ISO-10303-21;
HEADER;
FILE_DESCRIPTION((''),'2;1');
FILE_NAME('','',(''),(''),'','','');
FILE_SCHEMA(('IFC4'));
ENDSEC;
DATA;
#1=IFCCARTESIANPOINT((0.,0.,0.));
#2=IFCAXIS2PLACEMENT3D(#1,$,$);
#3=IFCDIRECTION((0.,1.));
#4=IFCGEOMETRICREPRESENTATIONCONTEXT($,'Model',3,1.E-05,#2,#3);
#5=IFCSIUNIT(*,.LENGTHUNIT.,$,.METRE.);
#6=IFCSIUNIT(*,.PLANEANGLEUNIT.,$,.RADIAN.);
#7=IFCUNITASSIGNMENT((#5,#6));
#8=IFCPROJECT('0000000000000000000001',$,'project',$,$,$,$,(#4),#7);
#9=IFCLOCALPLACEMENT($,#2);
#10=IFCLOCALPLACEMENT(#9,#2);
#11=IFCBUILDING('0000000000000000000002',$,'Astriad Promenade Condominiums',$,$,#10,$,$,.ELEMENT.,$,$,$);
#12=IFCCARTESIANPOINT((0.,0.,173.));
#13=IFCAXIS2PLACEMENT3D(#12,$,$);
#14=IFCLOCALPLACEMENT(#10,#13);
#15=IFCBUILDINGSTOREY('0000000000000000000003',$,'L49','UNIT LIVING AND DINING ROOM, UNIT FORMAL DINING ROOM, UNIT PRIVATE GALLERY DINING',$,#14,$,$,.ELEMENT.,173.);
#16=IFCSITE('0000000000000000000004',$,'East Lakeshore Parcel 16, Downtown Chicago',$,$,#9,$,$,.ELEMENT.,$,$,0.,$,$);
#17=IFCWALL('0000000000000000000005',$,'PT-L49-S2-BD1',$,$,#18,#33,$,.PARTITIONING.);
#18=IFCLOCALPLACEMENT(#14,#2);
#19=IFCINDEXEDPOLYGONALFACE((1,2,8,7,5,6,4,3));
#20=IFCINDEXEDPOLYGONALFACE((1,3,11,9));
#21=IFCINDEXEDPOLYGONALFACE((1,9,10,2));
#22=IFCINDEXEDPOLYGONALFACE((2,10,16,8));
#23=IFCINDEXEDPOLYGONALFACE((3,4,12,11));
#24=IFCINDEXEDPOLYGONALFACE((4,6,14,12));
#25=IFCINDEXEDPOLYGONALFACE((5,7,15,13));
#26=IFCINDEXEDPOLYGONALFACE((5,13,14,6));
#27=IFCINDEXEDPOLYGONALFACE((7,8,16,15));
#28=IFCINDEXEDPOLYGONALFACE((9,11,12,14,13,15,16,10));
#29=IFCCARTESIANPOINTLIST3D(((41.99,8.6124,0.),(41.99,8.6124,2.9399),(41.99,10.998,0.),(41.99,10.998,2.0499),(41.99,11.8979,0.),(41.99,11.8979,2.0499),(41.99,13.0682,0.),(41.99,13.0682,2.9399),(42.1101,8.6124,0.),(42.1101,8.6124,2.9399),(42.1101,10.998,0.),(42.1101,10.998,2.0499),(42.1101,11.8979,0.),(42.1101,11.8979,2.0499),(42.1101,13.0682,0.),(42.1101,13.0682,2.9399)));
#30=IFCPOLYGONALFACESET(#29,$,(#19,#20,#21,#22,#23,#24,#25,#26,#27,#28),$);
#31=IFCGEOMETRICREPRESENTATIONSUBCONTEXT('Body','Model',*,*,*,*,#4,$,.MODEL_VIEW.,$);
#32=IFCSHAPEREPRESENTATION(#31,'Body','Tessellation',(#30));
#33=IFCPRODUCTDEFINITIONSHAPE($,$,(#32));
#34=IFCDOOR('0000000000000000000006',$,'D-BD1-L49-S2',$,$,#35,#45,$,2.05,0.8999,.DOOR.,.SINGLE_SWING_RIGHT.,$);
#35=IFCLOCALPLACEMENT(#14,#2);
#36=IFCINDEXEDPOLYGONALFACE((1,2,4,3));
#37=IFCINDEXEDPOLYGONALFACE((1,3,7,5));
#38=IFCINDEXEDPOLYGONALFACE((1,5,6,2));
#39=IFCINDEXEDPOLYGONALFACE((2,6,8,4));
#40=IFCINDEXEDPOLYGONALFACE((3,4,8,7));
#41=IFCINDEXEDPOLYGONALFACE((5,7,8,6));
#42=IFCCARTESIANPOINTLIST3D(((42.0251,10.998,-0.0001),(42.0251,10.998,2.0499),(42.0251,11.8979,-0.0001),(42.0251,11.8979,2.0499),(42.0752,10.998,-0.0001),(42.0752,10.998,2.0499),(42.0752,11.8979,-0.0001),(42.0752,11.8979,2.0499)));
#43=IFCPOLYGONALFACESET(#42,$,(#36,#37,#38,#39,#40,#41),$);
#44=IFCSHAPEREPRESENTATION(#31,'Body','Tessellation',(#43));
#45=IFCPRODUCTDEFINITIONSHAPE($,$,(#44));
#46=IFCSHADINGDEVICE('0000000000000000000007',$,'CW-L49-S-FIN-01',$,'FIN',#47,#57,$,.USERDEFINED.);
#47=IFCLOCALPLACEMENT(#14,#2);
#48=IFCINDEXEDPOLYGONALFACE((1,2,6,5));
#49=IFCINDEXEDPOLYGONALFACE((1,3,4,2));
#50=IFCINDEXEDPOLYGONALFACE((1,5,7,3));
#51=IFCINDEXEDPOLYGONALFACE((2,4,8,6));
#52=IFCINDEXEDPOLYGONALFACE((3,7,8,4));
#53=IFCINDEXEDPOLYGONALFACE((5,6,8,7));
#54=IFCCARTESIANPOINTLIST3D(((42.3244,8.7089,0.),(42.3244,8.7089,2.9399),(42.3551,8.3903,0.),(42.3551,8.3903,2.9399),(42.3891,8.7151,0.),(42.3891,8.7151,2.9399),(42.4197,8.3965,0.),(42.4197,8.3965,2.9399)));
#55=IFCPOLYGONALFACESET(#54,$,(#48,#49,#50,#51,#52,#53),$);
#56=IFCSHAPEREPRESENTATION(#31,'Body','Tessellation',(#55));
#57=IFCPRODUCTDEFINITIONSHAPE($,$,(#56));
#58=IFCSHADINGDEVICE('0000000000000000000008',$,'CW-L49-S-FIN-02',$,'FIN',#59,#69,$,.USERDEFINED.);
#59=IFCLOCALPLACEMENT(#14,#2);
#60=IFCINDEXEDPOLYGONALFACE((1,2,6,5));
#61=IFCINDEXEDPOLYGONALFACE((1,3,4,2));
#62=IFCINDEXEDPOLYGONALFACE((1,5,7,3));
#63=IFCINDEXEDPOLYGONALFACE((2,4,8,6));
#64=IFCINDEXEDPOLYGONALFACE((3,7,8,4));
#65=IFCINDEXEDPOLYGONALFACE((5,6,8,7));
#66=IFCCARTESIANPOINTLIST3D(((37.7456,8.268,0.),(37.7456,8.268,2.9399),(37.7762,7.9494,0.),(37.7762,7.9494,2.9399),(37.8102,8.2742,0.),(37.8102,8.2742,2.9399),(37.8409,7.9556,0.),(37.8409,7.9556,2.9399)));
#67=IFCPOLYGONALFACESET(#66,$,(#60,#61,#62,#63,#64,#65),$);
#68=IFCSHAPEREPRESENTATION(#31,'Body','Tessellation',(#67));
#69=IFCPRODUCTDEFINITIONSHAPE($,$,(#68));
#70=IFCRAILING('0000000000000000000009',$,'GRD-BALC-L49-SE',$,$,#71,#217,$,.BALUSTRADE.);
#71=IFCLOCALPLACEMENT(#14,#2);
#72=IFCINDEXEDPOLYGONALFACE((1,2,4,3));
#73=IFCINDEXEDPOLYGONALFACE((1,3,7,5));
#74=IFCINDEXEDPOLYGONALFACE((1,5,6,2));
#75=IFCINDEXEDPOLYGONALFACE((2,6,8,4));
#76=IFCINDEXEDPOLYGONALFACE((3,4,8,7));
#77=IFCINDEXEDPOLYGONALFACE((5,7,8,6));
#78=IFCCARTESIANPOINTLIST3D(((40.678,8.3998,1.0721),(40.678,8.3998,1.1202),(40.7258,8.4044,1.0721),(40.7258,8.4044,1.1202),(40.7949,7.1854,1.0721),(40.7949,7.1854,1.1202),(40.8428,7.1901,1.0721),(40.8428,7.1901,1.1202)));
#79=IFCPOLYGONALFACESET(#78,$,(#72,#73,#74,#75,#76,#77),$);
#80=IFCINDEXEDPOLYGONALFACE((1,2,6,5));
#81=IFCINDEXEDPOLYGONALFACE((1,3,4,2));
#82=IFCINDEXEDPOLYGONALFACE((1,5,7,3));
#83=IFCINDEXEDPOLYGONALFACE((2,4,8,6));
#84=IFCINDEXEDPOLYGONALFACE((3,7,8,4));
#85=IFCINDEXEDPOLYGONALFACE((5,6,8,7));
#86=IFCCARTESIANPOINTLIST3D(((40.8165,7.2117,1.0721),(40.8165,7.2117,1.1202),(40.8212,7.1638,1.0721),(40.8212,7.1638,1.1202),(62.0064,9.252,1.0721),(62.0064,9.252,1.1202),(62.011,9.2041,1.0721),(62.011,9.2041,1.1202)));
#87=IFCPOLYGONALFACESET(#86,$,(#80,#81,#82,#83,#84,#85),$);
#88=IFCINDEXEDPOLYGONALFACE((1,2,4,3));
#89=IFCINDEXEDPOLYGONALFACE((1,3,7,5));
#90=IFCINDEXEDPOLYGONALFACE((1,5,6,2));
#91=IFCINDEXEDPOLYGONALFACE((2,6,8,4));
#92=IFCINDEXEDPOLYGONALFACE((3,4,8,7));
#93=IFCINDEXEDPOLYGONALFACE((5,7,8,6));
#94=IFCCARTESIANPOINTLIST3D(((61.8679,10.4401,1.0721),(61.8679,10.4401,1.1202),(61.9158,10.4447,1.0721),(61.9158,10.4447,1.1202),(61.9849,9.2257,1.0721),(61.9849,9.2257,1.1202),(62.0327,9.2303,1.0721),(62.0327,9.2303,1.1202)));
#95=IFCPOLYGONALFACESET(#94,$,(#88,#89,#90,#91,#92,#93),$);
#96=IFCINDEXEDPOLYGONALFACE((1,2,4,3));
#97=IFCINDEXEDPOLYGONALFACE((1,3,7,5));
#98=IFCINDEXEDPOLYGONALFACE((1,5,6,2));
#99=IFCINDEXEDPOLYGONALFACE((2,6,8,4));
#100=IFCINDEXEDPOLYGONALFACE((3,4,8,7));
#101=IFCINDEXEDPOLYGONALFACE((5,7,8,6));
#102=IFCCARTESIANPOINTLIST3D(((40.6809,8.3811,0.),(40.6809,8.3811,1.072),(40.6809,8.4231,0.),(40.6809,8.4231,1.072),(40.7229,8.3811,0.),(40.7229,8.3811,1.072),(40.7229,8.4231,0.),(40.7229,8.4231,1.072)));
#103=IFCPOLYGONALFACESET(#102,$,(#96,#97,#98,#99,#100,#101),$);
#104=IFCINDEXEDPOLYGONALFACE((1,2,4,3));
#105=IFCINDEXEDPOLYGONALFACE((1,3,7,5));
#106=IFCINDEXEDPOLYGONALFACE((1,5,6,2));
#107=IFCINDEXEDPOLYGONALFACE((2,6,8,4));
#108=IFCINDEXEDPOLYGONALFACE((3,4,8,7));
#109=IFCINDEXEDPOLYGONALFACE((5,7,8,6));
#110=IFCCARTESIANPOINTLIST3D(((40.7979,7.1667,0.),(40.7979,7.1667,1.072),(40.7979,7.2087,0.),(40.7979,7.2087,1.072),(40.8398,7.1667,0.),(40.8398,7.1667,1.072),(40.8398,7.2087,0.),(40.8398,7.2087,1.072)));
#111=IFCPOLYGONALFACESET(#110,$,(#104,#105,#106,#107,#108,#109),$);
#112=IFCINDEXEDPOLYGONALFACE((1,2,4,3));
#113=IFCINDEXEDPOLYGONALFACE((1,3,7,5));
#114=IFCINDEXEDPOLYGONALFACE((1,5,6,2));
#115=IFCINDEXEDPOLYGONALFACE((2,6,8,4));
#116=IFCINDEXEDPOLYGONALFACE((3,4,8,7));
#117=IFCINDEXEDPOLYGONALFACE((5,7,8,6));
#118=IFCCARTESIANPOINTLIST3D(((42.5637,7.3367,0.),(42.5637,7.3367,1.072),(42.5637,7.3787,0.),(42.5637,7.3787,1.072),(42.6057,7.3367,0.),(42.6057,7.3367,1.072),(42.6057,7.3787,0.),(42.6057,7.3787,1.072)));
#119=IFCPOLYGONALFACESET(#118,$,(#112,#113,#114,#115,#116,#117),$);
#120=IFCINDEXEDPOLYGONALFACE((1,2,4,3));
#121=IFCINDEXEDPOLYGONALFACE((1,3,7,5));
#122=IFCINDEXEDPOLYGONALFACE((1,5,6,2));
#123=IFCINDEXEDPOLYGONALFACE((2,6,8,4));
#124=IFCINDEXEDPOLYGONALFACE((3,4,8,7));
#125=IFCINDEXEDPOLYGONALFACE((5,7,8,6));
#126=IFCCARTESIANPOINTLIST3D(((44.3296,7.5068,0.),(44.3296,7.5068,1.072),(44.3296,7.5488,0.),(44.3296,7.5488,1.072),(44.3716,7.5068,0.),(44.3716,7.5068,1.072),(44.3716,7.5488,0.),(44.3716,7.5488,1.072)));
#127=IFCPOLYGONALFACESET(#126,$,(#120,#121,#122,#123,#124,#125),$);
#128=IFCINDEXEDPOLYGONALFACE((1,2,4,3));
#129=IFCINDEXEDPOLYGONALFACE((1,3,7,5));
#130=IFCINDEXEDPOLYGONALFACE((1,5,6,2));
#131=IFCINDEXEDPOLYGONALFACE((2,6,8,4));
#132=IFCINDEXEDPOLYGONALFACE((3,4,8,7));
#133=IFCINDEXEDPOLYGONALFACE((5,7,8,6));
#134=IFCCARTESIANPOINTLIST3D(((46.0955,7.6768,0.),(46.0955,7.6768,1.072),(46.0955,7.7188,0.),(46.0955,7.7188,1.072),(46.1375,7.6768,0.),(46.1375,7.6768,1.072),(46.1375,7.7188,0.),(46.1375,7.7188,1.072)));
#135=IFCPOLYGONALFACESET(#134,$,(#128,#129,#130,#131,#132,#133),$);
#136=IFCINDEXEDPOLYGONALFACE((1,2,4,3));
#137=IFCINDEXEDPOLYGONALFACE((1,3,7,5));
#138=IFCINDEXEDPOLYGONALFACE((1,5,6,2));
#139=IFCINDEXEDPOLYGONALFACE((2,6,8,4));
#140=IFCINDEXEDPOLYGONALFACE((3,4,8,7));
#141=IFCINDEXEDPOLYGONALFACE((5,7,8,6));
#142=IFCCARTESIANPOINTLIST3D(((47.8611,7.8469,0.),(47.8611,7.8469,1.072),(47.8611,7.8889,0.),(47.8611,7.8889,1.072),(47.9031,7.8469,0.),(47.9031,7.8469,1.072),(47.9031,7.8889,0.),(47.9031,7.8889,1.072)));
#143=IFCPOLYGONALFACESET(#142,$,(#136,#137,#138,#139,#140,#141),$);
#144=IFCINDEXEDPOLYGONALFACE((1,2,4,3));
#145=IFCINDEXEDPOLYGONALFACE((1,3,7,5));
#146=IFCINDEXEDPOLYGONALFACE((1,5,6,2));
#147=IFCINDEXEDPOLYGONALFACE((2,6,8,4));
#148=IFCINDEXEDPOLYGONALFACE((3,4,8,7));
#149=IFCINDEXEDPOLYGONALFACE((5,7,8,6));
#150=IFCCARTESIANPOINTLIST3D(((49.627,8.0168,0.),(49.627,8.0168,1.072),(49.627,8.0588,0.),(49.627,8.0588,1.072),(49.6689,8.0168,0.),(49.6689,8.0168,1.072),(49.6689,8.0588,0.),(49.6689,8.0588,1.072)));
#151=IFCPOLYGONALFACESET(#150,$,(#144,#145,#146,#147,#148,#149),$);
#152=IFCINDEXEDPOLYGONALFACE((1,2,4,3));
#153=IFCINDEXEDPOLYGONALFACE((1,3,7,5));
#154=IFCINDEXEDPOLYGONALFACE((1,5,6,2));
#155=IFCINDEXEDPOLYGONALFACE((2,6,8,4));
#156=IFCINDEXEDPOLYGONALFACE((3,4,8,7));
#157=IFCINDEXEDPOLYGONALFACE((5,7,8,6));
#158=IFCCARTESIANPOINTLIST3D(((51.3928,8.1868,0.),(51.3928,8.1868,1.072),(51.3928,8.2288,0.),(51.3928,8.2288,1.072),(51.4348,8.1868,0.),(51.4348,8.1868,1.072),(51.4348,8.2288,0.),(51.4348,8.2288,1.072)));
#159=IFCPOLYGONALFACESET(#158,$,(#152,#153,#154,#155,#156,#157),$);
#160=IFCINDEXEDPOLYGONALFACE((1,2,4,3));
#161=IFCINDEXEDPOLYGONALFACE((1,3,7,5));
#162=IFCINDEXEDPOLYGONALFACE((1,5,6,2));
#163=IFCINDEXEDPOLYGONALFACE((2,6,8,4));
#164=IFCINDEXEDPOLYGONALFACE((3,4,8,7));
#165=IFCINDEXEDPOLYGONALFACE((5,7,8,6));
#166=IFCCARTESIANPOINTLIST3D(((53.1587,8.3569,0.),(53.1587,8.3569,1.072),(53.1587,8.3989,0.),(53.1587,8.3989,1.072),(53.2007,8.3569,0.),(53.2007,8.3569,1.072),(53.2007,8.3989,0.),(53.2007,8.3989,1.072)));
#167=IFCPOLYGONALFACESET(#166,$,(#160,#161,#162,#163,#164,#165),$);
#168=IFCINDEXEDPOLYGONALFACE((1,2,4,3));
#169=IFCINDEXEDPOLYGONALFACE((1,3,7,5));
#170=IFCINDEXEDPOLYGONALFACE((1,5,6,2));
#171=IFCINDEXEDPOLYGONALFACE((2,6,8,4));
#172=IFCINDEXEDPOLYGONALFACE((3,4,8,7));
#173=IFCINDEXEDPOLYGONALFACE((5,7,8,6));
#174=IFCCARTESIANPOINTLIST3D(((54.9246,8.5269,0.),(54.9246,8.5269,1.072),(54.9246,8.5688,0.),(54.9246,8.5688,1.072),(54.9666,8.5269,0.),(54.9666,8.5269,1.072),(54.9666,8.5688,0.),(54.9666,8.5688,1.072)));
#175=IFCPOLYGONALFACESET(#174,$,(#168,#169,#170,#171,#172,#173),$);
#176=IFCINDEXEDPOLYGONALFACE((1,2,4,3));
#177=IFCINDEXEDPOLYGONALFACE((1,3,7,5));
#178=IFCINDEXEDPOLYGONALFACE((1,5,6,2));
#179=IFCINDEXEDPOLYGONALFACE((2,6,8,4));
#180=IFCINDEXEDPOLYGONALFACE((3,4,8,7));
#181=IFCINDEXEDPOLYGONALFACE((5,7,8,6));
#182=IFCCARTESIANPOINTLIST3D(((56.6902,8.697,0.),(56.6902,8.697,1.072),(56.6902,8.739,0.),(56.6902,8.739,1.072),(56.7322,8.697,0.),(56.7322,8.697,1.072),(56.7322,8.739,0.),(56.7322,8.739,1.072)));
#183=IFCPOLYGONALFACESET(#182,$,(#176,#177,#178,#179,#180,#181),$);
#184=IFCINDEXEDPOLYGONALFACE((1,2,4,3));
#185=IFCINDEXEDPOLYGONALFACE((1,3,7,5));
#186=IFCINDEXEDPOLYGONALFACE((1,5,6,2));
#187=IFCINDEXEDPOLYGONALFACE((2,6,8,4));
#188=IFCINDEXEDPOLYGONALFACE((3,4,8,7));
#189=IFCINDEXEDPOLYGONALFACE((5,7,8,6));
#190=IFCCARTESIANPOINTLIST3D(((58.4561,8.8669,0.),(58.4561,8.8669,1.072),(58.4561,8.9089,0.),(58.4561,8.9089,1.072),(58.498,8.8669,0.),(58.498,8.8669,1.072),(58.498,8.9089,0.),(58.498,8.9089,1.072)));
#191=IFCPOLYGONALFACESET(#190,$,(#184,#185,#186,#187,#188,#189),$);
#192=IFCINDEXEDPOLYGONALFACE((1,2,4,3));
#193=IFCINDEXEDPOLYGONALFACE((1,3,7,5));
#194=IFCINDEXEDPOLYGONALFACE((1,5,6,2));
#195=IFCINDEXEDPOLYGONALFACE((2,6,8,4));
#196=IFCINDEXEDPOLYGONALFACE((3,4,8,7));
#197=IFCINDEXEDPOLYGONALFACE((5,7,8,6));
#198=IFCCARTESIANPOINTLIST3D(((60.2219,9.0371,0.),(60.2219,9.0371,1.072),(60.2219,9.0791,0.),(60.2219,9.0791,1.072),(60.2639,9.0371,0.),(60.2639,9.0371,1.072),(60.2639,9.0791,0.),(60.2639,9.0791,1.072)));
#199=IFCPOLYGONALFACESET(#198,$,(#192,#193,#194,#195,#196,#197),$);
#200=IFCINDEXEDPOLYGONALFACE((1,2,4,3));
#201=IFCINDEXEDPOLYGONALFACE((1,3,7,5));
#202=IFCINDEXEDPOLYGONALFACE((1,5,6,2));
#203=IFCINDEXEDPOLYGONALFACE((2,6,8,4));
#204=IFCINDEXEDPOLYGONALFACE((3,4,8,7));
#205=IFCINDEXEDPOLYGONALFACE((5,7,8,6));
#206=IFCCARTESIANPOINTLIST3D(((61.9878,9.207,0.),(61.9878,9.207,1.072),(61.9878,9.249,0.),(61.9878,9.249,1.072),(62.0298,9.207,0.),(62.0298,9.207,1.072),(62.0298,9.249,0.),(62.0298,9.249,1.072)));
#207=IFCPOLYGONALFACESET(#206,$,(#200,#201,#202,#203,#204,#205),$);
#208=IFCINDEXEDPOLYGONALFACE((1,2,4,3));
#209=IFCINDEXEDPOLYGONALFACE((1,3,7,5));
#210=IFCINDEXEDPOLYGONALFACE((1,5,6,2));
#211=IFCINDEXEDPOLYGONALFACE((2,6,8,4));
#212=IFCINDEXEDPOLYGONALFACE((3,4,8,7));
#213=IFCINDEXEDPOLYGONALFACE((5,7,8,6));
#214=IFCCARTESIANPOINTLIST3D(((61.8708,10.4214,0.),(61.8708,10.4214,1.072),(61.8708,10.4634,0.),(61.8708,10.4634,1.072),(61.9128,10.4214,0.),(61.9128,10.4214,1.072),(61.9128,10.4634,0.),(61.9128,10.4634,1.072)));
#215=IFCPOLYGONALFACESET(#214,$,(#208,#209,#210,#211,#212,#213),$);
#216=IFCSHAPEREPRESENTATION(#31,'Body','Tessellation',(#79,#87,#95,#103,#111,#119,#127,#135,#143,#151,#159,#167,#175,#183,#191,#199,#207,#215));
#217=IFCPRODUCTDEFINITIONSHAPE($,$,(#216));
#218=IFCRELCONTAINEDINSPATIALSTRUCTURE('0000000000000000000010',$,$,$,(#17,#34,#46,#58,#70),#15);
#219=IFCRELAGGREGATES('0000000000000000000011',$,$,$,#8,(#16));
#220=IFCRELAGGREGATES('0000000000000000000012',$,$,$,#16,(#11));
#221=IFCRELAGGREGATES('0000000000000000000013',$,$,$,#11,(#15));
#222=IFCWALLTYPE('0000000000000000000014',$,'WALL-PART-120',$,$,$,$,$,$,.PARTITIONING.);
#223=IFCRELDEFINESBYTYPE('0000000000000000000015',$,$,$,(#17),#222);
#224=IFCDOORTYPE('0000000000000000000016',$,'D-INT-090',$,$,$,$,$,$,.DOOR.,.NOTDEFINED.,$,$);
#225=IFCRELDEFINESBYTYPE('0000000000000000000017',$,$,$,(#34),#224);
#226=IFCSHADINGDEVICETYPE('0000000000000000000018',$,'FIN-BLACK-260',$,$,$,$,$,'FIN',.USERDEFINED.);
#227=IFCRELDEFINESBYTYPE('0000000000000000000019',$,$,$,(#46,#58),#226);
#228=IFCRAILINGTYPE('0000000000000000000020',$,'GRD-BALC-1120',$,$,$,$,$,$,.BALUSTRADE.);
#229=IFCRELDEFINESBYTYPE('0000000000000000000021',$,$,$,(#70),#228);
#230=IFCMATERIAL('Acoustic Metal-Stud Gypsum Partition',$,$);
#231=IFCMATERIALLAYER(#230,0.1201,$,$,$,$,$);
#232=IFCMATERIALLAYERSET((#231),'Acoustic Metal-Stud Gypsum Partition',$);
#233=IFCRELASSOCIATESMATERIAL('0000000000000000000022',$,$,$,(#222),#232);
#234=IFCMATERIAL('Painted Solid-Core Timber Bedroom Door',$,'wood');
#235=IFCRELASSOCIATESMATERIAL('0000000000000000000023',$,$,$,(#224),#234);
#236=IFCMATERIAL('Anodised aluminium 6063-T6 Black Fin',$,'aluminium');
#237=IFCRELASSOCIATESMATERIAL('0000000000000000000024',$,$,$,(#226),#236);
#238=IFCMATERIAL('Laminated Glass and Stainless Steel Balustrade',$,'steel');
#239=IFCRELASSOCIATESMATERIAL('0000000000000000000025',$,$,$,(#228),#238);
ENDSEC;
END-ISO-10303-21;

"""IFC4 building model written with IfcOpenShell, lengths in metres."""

from ifc_helpers import new_model, si_unit, direction, frame, frame_2d, origin, origin_2d, place, context, subcontext, project, spatial, rectangle, extrude, source, transform, mapped, material, layer, layer_set, type_object, type_shapes, element, fill, save


model = new_model("IFC4")

# Units and contexts
model_context = context("Model", 3, precision=1e-05, world=origin(), true_north=direction((0.0, 1.0)))
body_context = subcontext(model_context, "Body", "Model", "MODEL_VIEW")
ifc_project = project(units=[si_unit("LENGTHUNIT", "METRE"), si_unit("PLANEANGLEUNIT", "RADIAN")], contexts=[model_context])

# Site, building, storey
site_placement = place(None, origin())
site = spatial("IfcSite", under=ifc_project, at=site_placement, Name="East Lakeshore Parcel 16, Downtown Chicago", CompositionType="ELEMENT", RefElevation=0.0)
building_placement = place(site_placement, origin())
building = spatial("IfcBuilding", under=site, at=building_placement, Name="Astriad Promenade Condominiums", CompositionType="ELEMENT")
storey_placement = place(building_placement, frame((0.0, 0.0, 173.0)))
storey = spatial("IfcBuildingStorey", under=building, at=storey_placement, Name="L49", Description="UNIT LIVING AND DINING ROOM, UNIT FORMAL DINING ROOM, UNIT PRIVATE GALLERY DINING", CompositionType="ELEMENT", Elevation=173.0)

# Wall, opening, door
ifc_material_1 = material(Name="Acoustic Metal-Stud Gypsum Partition")
ifc_layer_1 = layer(ifc_material_1, 0.1201)
ifc_layer_set_1 = layer_set([ifc_layer_1], Name="Acoustic Metal-Stud Gypsum Partition")
wall_type_1 = type_object("IfcWallType", Name="WALL-PART-120", PredefinedType="PARTITIONING", material=ifc_layer_set_1)
wall_1_placement = place(storey_placement, frame((42.05, 8.6123, 0.0), z_axis=(0.0, 0.0, 1.0), x_axis=(0.0, 1.0, 0.0)))
wall_1 = element("IfcWall", 1, at=wall_1_placement, inside=storey, type_object=wall_type_1, Name="PT-L49-S2-BD1", PredefinedType="PARTITIONING", context=body_context, shape_type="SweptSolid", body=[
    extrude(rectangle(XDim=4.4558, YDim=0.1201, at=frame_2d((2.228, 0.0))), origin(), (0.0, 0.0, 1.0), 2.9399),
])
opening_placement = place(wall_1_placement, frame((2.3857, 0.0, 0.0)))
opening = element("IfcOpeningElement", 2, at=opening_placement, cuts=wall_1, PredefinedType="OPENING", context=body_context, shape_type="SweptSolid", body=[
    extrude(rectangle(XDim=0.8999, YDim=2.05, at=frame_2d((0.45, 1.0249))), frame((0.0, 0.0701, 0.0), z_axis=(0.0, -1.0, 0.0), x_axis=(1.0, 0.0, 0.0)), (0.0, 0.0, 1.0), 0.1401),
])
ifc_material_2 = material(Name="Painted Solid-Core Timber Bedroom Door", Category="wood")
door_type = type_object("IfcDoorType", Name="D-INT-090", OperationType="NOTDEFINED", PredefinedType="DOOR", material=ifc_material_2)
shared_shape_1 = source(origin(), body_context, "Body", "SweptSolid", [
    extrude(rectangle(XDim=0.8999, YDim=2.05, at=frame_2d((0.45, 1.0249))), frame((0.0, 0.0249, 0.0), z_axis=(0.0, -1.0, 0.0), x_axis=(1.0, 0.0, 0.0)), (0.0, 0.0, 1.0), 0.05),
])
type_shapes(door_type, [shared_shape_1])
door_placement = place(opening_placement, origin())
door = element("IfcDoor", 3, at=door_placement, inside=storey, type_object=door_type, Name="D-BD1-L49-S2", OperationType="SINGLE_SWING_RIGHT", OverallHeight=2.05, OverallWidth=0.8999, PredefinedType="DOOR", context=body_context, shape_type="MappedRepresentation", body=[
    mapped(shared_shape_1, transform((0.0, 0.0, 0.0), scale=1.0)),
])
fill(opening, door)

# Shading devices
ifc_material_3 = material(Name="Anodised aluminium 6063-T6 Black Fin", Category="aluminium")
shading_device_type = type_object("IfcShadingDeviceType", Name="FIN-BLACK-260", ElementType="FIN", PredefinedType="USERDEFINED", material=ifc_material_3)
shared_shape_2 = source(origin(), body_context, "Body", "SweptSolid", [
    extrude(rectangle(XDim=0.0649, YDim=0.3201, at=origin_2d()), origin(), (0.0, 0.0, 1.0), 2.9399),
])
type_shapes(shading_device_type, [shared_shape_2])
for number, where, z_axis, x_axis, name in (
    (4, (42.3721, 8.5527, 0.0), (0.0, 0.0, 1.0), (-0.995396, -0.095846, 0.0), "CW-L49-S-FIN-01"),
    (5, (37.7932, 8.1118, 0.0), (0.0, 0.0, 1.0), (-0.995396, -0.095846, 0.0), "CW-L49-S-FIN-02"),
):
    element("IfcShadingDevice", number, at=place(storey_placement, frame(where, z_axis=z_axis, x_axis=x_axis)), inside=storey, type_object=shading_device_type, Name=name, ObjectType="FIN", PredefinedType="USERDEFINED", context=body_context, shape_type="MappedRepresentation", body=[
        mapped(shared_shape_2, transform((0.0, 0.0, 0.0), scale=1.0)),
    ])

# Railing
ifc_material_4 = material(Name="Laminated Glass and Stainless Steel Balustrade", Category="steel")
railing_type = type_object("IfcRailingType", Name="GRD-BALC-1120", PredefinedType="BALUSTRADE", material=ifc_material_4)
shared_shape_3 = source(origin(), body_context, "Body", "SweptSolid", [
    extrude(rectangle(XDim=0.0481, YDim=0.0481, at=origin_2d()), frame((0.0, 0.0, 1.0962), z_axis=(0.095857, -0.995395, 0.0), x_axis=(0.995395, 0.095857, 0.0)), (0.0, 0.0, 1.0), 1.22),
    extrude(rectangle(XDim=0.0481, YDim=0.0481, at=origin_2d()), frame((0.1169, -1.2144, 1.0962), z_axis=(0.995397, 0.095842, 0.0), x_axis=(-0.095842, 0.995397, 0.0)), (0.0, 0.0, 1.0), 21.2878),
    extrude(rectangle(XDim=0.0481, YDim=0.0481, at=origin_2d()), frame((21.3069, 0.8259, 1.0962), z_axis=(-0.095857, 0.995395, 0.0), x_axis=(-0.995395, -0.095857, 0.0)), (0.0, 0.0, 1.0), 1.22),
    extrude(rectangle(XDim=0.042, YDim=0.042, at=origin_2d()), origin(), (0.0, 0.0, 1.0), 1.072),
    extrude(rectangle(XDim=0.042, YDim=0.042, at=origin_2d()), frame((0.1169, -1.2144, 0.0)), (0.0, 0.0, 1.0), 1.072),
    extrude(rectangle(XDim=0.042, YDim=0.042, at=origin_2d()), frame((1.8828, -1.0444, 0.0)), (0.0, 0.0, 1.0), 1.072),
    extrude(rectangle(XDim=0.042, YDim=0.042, at=origin_2d()), frame((3.6487, -0.8743, 0.0)), (0.0, 0.0, 1.0), 1.072),
    extrude(rectangle(XDim=0.042, YDim=0.042, at=origin_2d()), frame((5.4146, -0.7043, 0.0)), (0.0, 0.0, 1.0), 1.072),
    extrude(rectangle(XDim=0.042, YDim=0.042, at=origin_2d()), frame((7.1802, -0.5342, 0.0)), (0.0, 0.0, 1.0), 1.072),
    extrude(rectangle(XDim=0.042, YDim=0.042, at=origin_2d()), frame((8.946, -0.3643, 0.0)), (0.0, 0.0, 1.0), 1.072),
    extrude(rectangle(XDim=0.042, YDim=0.042, at=origin_2d()), frame((10.7119, -0.1943, 0.0)), (0.0, 0.0, 1.0), 1.072),
    extrude(rectangle(XDim=0.042, YDim=0.042, at=origin_2d()), frame((12.4778, -0.0242, 0.0)), (0.0, 0.0, 1.0), 1.072),
    extrude(rectangle(XDim=0.042, YDim=0.042, at=origin_2d()), frame((14.2437, 0.1458, 0.0)), (0.0, 0.0, 1.0), 1.072),
    extrude(rectangle(XDim=0.042, YDim=0.042, at=origin_2d()), frame((16.0093, 0.3159, 0.0)), (0.0, 0.0, 1.0), 1.072),
    extrude(rectangle(XDim=0.042, YDim=0.042, at=origin_2d()), frame((17.7751, 0.4858, 0.0)), (0.0, 0.0, 1.0), 1.072),
    extrude(rectangle(XDim=0.042, YDim=0.042, at=origin_2d()), frame((19.541, 0.656, 0.0)), (0.0, 0.0, 1.0), 1.072),
    extrude(rectangle(XDim=0.042, YDim=0.042, at=origin_2d()), frame((21.3069, 0.8259, 0.0)), (0.0, 0.0, 1.0), 1.072),
    extrude(rectangle(XDim=0.042, YDim=0.042, at=origin_2d()), frame((21.1899, 2.0403, 0.0)), (0.0, 0.0, 1.0), 1.072),
])
type_shapes(railing_type, [shared_shape_3])
railing_placement = place(storey_placement, frame((40.7019, 8.4021, 0.0)))
element("IfcRailing", 6, at=railing_placement, inside=storey, type_object=railing_type, Name="GRD-BALC-L49-SE", PredefinedType="BALUSTRADE", context=body_context, shape_type="MappedRepresentation", body=[
    mapped(shared_shape_3, transform((0.0, 0.0, 0.0), scale=1.0)),
])

save(model, "model.ifc")
